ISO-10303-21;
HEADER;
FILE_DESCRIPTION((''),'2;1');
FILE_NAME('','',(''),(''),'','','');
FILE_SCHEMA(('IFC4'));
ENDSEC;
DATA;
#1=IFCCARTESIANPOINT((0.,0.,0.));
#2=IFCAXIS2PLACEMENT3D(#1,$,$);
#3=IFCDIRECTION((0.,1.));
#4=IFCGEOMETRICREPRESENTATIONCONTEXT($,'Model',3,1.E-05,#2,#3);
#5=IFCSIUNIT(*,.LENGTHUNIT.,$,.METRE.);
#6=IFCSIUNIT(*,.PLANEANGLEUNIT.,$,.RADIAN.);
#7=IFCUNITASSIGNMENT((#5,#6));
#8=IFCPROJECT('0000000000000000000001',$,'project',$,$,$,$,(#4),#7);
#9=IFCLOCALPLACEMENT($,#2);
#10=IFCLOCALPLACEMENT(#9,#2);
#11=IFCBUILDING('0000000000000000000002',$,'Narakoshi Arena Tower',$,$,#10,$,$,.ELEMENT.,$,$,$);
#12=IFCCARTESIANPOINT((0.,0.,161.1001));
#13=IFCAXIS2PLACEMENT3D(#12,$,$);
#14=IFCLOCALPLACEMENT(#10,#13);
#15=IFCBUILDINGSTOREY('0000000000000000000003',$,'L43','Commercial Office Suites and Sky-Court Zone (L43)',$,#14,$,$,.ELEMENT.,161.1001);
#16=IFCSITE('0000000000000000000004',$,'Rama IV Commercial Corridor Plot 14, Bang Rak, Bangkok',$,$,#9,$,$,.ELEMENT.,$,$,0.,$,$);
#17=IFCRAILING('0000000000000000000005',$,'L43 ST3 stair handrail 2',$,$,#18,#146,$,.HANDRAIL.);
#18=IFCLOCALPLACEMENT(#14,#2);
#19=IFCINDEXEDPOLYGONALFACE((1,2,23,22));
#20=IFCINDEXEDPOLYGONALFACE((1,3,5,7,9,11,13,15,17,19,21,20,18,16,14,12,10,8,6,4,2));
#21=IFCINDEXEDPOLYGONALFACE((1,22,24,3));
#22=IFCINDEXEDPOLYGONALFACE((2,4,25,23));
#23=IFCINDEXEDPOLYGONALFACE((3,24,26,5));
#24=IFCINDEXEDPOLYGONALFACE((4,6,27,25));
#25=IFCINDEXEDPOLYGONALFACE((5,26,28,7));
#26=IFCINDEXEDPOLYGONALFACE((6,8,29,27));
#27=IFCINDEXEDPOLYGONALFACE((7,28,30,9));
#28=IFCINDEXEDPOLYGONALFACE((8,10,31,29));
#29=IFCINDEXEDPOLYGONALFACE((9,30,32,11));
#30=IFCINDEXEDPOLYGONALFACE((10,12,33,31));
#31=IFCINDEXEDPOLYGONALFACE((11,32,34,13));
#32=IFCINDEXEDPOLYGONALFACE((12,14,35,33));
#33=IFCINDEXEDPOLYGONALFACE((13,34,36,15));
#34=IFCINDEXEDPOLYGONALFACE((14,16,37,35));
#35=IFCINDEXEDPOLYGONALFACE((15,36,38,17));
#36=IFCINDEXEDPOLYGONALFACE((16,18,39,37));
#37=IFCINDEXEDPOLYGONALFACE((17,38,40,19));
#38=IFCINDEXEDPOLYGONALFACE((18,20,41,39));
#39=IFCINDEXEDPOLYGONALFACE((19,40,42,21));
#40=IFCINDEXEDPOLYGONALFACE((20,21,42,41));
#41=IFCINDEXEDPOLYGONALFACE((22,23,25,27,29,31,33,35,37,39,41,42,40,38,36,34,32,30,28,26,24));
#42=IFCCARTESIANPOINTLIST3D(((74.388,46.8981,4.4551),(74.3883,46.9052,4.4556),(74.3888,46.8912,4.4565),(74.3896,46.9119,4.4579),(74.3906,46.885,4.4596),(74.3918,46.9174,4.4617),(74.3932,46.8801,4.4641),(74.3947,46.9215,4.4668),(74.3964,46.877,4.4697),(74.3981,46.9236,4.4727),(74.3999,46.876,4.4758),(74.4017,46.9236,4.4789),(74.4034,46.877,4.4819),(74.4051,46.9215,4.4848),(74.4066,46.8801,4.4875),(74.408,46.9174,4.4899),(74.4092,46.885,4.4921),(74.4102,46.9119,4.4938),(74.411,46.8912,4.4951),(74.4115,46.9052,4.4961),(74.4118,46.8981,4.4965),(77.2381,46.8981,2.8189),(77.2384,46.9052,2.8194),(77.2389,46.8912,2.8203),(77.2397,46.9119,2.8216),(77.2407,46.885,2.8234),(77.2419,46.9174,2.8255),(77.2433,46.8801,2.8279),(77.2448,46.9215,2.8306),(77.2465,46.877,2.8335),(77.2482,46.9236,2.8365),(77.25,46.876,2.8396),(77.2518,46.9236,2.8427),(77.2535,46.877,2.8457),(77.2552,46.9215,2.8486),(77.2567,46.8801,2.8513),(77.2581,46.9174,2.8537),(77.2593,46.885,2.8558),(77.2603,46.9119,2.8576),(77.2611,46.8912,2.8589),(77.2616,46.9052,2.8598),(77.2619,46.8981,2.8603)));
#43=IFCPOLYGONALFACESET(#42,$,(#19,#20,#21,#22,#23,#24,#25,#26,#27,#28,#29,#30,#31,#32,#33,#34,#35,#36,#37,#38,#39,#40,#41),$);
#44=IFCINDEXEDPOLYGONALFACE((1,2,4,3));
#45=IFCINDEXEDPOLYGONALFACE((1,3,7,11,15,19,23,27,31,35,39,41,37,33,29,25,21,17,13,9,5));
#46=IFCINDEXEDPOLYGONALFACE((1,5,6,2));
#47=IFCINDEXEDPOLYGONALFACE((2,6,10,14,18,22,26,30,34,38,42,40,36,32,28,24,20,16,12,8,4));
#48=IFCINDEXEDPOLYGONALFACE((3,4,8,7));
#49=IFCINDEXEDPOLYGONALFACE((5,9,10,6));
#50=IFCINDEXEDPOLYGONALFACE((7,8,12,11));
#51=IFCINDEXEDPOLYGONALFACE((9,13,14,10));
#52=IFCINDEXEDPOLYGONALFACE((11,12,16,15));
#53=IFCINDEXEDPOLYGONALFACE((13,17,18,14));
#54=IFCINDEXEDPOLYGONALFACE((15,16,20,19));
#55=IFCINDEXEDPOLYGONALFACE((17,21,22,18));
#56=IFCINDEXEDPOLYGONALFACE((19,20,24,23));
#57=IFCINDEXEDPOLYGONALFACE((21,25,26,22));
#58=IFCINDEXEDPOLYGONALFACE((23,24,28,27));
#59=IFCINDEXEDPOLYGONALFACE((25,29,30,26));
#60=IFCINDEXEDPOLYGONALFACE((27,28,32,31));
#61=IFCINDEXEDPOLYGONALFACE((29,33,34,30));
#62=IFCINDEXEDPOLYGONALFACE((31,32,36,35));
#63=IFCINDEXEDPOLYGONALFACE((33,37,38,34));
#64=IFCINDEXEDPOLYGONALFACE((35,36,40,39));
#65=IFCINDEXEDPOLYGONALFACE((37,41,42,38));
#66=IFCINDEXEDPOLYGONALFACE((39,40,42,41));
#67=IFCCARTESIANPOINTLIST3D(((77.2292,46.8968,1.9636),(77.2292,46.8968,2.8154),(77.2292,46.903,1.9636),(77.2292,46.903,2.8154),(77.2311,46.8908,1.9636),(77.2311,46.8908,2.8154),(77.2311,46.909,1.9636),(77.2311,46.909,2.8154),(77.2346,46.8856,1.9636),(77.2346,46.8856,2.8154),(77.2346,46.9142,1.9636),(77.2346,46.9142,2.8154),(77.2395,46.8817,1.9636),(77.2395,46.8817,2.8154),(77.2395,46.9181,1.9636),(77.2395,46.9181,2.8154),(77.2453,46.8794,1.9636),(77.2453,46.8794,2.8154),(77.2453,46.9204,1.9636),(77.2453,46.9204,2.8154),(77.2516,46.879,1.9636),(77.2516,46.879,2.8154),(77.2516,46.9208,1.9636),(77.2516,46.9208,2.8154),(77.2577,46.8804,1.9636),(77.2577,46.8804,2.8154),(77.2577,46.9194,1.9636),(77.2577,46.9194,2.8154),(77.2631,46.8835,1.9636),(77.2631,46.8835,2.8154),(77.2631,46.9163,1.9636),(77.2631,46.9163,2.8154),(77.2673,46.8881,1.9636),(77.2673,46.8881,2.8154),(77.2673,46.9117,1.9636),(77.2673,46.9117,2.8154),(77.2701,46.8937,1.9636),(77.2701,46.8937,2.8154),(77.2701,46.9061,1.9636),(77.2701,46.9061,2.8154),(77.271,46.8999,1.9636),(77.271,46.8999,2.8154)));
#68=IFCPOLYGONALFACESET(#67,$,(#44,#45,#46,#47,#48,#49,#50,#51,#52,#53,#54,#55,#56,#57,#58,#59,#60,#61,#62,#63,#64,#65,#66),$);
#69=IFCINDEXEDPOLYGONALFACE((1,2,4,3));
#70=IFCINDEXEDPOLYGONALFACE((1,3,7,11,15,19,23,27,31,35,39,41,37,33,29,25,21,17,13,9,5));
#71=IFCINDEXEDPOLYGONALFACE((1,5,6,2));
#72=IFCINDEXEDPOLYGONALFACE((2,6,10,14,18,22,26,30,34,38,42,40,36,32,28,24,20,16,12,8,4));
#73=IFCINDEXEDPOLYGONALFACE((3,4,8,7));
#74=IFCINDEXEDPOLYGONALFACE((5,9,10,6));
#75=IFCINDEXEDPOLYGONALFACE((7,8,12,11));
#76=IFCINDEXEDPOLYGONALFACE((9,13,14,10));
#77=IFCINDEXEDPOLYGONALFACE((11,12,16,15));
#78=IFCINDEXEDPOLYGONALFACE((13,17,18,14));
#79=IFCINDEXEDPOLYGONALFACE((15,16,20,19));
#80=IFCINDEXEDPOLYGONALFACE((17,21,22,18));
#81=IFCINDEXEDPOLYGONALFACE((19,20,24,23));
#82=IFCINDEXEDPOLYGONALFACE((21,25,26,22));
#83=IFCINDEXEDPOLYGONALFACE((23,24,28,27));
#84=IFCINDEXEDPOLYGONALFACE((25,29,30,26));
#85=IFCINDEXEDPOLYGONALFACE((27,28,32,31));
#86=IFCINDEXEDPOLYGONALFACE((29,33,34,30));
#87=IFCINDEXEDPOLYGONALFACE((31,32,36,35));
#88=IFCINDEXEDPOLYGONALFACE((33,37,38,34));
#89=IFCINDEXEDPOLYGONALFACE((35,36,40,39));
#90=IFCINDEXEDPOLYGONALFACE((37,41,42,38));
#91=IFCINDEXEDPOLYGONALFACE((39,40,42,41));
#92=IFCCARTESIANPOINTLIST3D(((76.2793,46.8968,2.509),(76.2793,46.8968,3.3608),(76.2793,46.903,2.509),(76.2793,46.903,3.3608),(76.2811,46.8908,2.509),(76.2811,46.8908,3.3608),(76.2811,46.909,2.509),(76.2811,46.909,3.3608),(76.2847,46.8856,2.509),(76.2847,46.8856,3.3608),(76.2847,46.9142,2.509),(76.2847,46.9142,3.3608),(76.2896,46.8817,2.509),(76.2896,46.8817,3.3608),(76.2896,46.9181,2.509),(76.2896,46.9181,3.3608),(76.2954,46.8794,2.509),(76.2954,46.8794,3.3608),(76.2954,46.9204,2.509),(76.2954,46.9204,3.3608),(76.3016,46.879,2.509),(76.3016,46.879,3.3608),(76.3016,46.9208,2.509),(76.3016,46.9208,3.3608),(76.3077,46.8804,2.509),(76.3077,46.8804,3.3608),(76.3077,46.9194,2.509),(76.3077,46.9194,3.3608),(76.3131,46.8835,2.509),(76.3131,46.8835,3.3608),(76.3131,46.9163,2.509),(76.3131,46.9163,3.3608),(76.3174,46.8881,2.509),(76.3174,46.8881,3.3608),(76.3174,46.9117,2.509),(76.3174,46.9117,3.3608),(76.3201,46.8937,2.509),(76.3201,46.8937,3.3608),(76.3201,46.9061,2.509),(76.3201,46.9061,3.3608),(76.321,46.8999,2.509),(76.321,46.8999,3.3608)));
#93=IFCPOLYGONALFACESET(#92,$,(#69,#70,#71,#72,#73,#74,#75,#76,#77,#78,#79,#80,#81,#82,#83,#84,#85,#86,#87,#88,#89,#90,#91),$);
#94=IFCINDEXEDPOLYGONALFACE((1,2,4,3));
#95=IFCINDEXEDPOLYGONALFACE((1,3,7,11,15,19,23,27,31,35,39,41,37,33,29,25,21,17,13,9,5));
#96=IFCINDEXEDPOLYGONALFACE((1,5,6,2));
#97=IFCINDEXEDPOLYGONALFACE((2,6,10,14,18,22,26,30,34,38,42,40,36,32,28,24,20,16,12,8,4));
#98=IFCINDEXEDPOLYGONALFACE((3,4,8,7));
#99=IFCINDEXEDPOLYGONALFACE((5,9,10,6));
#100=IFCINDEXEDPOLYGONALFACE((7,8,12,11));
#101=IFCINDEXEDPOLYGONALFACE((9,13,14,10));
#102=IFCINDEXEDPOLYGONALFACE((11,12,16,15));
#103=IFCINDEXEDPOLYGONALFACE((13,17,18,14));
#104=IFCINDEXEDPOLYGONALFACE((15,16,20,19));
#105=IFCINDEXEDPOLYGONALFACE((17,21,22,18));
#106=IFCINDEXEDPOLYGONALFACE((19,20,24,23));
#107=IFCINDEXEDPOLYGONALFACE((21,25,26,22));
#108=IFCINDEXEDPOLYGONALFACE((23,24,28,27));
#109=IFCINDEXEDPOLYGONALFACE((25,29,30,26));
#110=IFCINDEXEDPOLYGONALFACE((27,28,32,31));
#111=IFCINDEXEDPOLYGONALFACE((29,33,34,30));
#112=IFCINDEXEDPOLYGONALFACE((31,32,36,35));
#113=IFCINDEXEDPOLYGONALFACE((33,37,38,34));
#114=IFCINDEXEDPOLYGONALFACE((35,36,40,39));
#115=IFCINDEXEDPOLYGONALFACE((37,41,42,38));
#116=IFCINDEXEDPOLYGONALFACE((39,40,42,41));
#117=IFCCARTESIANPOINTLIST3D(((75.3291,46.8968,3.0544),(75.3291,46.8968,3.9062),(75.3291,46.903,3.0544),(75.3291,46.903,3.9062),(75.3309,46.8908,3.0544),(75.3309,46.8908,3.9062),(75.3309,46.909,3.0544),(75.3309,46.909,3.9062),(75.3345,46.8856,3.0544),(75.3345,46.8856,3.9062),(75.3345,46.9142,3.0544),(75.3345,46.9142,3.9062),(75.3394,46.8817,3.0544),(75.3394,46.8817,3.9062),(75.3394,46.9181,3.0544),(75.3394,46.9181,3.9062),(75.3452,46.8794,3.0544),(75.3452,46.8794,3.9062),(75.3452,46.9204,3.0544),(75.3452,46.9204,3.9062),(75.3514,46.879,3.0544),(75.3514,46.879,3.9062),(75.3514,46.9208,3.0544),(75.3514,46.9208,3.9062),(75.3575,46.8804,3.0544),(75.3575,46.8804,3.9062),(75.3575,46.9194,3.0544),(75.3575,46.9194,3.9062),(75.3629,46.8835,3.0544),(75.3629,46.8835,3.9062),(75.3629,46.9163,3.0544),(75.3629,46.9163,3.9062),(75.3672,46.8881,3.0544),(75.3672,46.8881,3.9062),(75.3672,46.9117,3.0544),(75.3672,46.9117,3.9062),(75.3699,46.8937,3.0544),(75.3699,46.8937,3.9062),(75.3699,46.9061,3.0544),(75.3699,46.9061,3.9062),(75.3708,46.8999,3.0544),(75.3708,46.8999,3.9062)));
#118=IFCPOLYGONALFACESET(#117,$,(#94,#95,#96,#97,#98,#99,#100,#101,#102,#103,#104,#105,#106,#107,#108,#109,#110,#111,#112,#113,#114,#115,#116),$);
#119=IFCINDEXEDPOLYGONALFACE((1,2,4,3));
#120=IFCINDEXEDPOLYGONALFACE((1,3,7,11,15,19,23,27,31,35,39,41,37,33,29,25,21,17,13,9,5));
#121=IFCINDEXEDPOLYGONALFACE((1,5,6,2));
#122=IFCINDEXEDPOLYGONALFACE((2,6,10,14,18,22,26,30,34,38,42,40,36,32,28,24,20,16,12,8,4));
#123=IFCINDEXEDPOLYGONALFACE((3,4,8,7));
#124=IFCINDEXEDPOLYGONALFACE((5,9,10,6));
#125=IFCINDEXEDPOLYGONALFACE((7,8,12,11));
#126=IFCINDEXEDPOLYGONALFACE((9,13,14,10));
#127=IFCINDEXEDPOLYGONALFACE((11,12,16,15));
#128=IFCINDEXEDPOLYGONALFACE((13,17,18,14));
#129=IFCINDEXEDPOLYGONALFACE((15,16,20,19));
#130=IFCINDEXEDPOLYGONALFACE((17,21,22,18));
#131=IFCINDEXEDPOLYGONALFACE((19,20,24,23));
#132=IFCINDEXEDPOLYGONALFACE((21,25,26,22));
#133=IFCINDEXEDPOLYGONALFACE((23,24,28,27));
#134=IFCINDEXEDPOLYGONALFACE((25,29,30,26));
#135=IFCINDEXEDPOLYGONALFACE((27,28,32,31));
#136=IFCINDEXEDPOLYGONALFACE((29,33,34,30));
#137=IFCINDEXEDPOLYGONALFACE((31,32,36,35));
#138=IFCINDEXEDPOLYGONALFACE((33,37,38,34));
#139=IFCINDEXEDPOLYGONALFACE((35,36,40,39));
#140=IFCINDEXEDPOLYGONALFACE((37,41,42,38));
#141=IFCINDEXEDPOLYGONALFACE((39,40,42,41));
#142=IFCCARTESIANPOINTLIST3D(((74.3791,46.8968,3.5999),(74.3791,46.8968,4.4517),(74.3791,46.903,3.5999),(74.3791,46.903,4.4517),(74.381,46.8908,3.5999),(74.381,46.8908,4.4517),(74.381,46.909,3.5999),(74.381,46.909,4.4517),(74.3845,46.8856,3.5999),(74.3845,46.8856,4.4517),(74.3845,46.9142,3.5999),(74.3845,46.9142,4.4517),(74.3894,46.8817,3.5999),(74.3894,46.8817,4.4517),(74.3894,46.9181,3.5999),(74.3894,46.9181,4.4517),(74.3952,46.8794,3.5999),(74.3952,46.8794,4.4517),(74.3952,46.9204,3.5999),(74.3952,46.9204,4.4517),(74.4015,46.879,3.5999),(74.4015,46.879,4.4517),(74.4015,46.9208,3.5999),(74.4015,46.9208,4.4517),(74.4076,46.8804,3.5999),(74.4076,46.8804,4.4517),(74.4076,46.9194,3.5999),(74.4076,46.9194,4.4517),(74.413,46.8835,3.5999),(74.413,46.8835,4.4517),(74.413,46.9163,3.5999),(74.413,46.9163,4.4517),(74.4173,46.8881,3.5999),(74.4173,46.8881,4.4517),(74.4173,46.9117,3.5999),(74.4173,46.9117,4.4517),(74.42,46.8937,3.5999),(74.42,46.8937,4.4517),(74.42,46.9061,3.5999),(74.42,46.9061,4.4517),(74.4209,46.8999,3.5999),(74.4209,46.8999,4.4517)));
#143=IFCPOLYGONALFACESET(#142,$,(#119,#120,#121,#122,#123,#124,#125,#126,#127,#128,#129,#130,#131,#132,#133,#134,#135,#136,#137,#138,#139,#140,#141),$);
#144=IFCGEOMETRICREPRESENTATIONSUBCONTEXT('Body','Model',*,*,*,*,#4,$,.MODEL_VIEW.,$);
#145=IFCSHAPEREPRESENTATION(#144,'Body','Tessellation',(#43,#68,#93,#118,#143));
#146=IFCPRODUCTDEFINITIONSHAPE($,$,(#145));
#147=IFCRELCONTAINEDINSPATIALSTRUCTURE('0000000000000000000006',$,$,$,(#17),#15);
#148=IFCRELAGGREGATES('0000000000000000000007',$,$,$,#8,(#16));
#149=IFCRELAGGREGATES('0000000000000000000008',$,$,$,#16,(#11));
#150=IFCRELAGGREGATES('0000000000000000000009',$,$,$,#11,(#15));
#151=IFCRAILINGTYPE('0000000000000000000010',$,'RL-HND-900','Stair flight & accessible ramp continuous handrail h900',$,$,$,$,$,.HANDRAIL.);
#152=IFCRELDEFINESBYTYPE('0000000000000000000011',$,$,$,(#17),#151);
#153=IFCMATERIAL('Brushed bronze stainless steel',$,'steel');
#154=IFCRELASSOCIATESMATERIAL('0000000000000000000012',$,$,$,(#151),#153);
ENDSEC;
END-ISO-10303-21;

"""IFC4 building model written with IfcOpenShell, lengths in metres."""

from ifc_helpers import new_model, si_unit, direction, frame, origin, origin_2d, place, context, subcontext, project, spatial, circle, extrude, material, type_object, element, save


model = new_model("IFC4")

# Units and contexts
model_context = context("Model", 3, precision=1e-05, world=origin(), true_north=direction((0.0, 1.0)))
body_context = subcontext(model_context, "Body", "Model", "MODEL_VIEW")
ifc_project = project(units=[si_unit("LENGTHUNIT", "METRE"), si_unit("PLANEANGLEUNIT", "RADIAN")], contexts=[model_context])

# Site, building, storey
site_placement = place(None, origin())
site = spatial("IfcSite", under=ifc_project, at=site_placement, Name="Rama IV Commercial Corridor Plot 14, Bang Rak, Bangkok", CompositionType="ELEMENT", RefElevation=0.0)
building_placement = place(site_placement, origin())
building = spatial("IfcBuilding", under=site, at=building_placement, Name="Narakoshi Arena Tower", CompositionType="ELEMENT")
storey_placement = place(building_placement, frame((0.0, 0.0, 161.1001)))
storey = spatial("IfcBuildingStorey", under=building, at=storey_placement, Name="L43", Description="Commercial Office Suites and Sky-Court Zone (L43)", CompositionType="ELEMENT", Elevation=161.1001)

# Shared definitions
ifc_material_1 = material(Name="Brushed bronze stainless steel", Category="steel")

# Railing
railing_type = type_object("IfcRailingType", Name="RL-HND-900", Description="Stair flight & accessible ramp continuous handrail h900", PredefinedType="HANDRAIL", material=ifc_material_1)
railing_placement = place(storey_placement, frame((77.25, 46.8999, 1.9636)))
element("IfcRailing", 1, at=railing_placement, inside=storey, type_object=railing_type, Name="L43 ST3 stair handrail 2", PredefinedType="HANDRAIL", context=body_context, shape_type="SweptSolid", body=[
    extrude(circle(Radius=0.0239, at=origin_2d()), frame((0.0, 0.0, 0.876), z_axis=(-0.867245, 0.0, 0.497882), x_axis=(0.0, -1.0, 0.0)), (0.0, 0.0, 1.0), 3.2864),
    extrude(circle(Radius=0.021, at=origin_2d()), origin(), (0.0, 0.0, 1.0), 0.8518),
    extrude(circle(Radius=0.021, at=origin_2d()), frame((-0.95, 0.0, 0.5454)), (0.0, 0.0, 1.0), 0.8518),
    extrude(circle(Radius=0.021, at=origin_2d()), frame((-1.9001, 0.0, 1.0908)), (0.0, 0.0, 1.0), 0.8518),
    extrude(circle(Radius=0.021, at=origin_2d()), frame((-2.8501, 0.0, 1.6362)), (0.0, 0.0, 1.0), 0.8518),
])

save(model, "model.ifc")
